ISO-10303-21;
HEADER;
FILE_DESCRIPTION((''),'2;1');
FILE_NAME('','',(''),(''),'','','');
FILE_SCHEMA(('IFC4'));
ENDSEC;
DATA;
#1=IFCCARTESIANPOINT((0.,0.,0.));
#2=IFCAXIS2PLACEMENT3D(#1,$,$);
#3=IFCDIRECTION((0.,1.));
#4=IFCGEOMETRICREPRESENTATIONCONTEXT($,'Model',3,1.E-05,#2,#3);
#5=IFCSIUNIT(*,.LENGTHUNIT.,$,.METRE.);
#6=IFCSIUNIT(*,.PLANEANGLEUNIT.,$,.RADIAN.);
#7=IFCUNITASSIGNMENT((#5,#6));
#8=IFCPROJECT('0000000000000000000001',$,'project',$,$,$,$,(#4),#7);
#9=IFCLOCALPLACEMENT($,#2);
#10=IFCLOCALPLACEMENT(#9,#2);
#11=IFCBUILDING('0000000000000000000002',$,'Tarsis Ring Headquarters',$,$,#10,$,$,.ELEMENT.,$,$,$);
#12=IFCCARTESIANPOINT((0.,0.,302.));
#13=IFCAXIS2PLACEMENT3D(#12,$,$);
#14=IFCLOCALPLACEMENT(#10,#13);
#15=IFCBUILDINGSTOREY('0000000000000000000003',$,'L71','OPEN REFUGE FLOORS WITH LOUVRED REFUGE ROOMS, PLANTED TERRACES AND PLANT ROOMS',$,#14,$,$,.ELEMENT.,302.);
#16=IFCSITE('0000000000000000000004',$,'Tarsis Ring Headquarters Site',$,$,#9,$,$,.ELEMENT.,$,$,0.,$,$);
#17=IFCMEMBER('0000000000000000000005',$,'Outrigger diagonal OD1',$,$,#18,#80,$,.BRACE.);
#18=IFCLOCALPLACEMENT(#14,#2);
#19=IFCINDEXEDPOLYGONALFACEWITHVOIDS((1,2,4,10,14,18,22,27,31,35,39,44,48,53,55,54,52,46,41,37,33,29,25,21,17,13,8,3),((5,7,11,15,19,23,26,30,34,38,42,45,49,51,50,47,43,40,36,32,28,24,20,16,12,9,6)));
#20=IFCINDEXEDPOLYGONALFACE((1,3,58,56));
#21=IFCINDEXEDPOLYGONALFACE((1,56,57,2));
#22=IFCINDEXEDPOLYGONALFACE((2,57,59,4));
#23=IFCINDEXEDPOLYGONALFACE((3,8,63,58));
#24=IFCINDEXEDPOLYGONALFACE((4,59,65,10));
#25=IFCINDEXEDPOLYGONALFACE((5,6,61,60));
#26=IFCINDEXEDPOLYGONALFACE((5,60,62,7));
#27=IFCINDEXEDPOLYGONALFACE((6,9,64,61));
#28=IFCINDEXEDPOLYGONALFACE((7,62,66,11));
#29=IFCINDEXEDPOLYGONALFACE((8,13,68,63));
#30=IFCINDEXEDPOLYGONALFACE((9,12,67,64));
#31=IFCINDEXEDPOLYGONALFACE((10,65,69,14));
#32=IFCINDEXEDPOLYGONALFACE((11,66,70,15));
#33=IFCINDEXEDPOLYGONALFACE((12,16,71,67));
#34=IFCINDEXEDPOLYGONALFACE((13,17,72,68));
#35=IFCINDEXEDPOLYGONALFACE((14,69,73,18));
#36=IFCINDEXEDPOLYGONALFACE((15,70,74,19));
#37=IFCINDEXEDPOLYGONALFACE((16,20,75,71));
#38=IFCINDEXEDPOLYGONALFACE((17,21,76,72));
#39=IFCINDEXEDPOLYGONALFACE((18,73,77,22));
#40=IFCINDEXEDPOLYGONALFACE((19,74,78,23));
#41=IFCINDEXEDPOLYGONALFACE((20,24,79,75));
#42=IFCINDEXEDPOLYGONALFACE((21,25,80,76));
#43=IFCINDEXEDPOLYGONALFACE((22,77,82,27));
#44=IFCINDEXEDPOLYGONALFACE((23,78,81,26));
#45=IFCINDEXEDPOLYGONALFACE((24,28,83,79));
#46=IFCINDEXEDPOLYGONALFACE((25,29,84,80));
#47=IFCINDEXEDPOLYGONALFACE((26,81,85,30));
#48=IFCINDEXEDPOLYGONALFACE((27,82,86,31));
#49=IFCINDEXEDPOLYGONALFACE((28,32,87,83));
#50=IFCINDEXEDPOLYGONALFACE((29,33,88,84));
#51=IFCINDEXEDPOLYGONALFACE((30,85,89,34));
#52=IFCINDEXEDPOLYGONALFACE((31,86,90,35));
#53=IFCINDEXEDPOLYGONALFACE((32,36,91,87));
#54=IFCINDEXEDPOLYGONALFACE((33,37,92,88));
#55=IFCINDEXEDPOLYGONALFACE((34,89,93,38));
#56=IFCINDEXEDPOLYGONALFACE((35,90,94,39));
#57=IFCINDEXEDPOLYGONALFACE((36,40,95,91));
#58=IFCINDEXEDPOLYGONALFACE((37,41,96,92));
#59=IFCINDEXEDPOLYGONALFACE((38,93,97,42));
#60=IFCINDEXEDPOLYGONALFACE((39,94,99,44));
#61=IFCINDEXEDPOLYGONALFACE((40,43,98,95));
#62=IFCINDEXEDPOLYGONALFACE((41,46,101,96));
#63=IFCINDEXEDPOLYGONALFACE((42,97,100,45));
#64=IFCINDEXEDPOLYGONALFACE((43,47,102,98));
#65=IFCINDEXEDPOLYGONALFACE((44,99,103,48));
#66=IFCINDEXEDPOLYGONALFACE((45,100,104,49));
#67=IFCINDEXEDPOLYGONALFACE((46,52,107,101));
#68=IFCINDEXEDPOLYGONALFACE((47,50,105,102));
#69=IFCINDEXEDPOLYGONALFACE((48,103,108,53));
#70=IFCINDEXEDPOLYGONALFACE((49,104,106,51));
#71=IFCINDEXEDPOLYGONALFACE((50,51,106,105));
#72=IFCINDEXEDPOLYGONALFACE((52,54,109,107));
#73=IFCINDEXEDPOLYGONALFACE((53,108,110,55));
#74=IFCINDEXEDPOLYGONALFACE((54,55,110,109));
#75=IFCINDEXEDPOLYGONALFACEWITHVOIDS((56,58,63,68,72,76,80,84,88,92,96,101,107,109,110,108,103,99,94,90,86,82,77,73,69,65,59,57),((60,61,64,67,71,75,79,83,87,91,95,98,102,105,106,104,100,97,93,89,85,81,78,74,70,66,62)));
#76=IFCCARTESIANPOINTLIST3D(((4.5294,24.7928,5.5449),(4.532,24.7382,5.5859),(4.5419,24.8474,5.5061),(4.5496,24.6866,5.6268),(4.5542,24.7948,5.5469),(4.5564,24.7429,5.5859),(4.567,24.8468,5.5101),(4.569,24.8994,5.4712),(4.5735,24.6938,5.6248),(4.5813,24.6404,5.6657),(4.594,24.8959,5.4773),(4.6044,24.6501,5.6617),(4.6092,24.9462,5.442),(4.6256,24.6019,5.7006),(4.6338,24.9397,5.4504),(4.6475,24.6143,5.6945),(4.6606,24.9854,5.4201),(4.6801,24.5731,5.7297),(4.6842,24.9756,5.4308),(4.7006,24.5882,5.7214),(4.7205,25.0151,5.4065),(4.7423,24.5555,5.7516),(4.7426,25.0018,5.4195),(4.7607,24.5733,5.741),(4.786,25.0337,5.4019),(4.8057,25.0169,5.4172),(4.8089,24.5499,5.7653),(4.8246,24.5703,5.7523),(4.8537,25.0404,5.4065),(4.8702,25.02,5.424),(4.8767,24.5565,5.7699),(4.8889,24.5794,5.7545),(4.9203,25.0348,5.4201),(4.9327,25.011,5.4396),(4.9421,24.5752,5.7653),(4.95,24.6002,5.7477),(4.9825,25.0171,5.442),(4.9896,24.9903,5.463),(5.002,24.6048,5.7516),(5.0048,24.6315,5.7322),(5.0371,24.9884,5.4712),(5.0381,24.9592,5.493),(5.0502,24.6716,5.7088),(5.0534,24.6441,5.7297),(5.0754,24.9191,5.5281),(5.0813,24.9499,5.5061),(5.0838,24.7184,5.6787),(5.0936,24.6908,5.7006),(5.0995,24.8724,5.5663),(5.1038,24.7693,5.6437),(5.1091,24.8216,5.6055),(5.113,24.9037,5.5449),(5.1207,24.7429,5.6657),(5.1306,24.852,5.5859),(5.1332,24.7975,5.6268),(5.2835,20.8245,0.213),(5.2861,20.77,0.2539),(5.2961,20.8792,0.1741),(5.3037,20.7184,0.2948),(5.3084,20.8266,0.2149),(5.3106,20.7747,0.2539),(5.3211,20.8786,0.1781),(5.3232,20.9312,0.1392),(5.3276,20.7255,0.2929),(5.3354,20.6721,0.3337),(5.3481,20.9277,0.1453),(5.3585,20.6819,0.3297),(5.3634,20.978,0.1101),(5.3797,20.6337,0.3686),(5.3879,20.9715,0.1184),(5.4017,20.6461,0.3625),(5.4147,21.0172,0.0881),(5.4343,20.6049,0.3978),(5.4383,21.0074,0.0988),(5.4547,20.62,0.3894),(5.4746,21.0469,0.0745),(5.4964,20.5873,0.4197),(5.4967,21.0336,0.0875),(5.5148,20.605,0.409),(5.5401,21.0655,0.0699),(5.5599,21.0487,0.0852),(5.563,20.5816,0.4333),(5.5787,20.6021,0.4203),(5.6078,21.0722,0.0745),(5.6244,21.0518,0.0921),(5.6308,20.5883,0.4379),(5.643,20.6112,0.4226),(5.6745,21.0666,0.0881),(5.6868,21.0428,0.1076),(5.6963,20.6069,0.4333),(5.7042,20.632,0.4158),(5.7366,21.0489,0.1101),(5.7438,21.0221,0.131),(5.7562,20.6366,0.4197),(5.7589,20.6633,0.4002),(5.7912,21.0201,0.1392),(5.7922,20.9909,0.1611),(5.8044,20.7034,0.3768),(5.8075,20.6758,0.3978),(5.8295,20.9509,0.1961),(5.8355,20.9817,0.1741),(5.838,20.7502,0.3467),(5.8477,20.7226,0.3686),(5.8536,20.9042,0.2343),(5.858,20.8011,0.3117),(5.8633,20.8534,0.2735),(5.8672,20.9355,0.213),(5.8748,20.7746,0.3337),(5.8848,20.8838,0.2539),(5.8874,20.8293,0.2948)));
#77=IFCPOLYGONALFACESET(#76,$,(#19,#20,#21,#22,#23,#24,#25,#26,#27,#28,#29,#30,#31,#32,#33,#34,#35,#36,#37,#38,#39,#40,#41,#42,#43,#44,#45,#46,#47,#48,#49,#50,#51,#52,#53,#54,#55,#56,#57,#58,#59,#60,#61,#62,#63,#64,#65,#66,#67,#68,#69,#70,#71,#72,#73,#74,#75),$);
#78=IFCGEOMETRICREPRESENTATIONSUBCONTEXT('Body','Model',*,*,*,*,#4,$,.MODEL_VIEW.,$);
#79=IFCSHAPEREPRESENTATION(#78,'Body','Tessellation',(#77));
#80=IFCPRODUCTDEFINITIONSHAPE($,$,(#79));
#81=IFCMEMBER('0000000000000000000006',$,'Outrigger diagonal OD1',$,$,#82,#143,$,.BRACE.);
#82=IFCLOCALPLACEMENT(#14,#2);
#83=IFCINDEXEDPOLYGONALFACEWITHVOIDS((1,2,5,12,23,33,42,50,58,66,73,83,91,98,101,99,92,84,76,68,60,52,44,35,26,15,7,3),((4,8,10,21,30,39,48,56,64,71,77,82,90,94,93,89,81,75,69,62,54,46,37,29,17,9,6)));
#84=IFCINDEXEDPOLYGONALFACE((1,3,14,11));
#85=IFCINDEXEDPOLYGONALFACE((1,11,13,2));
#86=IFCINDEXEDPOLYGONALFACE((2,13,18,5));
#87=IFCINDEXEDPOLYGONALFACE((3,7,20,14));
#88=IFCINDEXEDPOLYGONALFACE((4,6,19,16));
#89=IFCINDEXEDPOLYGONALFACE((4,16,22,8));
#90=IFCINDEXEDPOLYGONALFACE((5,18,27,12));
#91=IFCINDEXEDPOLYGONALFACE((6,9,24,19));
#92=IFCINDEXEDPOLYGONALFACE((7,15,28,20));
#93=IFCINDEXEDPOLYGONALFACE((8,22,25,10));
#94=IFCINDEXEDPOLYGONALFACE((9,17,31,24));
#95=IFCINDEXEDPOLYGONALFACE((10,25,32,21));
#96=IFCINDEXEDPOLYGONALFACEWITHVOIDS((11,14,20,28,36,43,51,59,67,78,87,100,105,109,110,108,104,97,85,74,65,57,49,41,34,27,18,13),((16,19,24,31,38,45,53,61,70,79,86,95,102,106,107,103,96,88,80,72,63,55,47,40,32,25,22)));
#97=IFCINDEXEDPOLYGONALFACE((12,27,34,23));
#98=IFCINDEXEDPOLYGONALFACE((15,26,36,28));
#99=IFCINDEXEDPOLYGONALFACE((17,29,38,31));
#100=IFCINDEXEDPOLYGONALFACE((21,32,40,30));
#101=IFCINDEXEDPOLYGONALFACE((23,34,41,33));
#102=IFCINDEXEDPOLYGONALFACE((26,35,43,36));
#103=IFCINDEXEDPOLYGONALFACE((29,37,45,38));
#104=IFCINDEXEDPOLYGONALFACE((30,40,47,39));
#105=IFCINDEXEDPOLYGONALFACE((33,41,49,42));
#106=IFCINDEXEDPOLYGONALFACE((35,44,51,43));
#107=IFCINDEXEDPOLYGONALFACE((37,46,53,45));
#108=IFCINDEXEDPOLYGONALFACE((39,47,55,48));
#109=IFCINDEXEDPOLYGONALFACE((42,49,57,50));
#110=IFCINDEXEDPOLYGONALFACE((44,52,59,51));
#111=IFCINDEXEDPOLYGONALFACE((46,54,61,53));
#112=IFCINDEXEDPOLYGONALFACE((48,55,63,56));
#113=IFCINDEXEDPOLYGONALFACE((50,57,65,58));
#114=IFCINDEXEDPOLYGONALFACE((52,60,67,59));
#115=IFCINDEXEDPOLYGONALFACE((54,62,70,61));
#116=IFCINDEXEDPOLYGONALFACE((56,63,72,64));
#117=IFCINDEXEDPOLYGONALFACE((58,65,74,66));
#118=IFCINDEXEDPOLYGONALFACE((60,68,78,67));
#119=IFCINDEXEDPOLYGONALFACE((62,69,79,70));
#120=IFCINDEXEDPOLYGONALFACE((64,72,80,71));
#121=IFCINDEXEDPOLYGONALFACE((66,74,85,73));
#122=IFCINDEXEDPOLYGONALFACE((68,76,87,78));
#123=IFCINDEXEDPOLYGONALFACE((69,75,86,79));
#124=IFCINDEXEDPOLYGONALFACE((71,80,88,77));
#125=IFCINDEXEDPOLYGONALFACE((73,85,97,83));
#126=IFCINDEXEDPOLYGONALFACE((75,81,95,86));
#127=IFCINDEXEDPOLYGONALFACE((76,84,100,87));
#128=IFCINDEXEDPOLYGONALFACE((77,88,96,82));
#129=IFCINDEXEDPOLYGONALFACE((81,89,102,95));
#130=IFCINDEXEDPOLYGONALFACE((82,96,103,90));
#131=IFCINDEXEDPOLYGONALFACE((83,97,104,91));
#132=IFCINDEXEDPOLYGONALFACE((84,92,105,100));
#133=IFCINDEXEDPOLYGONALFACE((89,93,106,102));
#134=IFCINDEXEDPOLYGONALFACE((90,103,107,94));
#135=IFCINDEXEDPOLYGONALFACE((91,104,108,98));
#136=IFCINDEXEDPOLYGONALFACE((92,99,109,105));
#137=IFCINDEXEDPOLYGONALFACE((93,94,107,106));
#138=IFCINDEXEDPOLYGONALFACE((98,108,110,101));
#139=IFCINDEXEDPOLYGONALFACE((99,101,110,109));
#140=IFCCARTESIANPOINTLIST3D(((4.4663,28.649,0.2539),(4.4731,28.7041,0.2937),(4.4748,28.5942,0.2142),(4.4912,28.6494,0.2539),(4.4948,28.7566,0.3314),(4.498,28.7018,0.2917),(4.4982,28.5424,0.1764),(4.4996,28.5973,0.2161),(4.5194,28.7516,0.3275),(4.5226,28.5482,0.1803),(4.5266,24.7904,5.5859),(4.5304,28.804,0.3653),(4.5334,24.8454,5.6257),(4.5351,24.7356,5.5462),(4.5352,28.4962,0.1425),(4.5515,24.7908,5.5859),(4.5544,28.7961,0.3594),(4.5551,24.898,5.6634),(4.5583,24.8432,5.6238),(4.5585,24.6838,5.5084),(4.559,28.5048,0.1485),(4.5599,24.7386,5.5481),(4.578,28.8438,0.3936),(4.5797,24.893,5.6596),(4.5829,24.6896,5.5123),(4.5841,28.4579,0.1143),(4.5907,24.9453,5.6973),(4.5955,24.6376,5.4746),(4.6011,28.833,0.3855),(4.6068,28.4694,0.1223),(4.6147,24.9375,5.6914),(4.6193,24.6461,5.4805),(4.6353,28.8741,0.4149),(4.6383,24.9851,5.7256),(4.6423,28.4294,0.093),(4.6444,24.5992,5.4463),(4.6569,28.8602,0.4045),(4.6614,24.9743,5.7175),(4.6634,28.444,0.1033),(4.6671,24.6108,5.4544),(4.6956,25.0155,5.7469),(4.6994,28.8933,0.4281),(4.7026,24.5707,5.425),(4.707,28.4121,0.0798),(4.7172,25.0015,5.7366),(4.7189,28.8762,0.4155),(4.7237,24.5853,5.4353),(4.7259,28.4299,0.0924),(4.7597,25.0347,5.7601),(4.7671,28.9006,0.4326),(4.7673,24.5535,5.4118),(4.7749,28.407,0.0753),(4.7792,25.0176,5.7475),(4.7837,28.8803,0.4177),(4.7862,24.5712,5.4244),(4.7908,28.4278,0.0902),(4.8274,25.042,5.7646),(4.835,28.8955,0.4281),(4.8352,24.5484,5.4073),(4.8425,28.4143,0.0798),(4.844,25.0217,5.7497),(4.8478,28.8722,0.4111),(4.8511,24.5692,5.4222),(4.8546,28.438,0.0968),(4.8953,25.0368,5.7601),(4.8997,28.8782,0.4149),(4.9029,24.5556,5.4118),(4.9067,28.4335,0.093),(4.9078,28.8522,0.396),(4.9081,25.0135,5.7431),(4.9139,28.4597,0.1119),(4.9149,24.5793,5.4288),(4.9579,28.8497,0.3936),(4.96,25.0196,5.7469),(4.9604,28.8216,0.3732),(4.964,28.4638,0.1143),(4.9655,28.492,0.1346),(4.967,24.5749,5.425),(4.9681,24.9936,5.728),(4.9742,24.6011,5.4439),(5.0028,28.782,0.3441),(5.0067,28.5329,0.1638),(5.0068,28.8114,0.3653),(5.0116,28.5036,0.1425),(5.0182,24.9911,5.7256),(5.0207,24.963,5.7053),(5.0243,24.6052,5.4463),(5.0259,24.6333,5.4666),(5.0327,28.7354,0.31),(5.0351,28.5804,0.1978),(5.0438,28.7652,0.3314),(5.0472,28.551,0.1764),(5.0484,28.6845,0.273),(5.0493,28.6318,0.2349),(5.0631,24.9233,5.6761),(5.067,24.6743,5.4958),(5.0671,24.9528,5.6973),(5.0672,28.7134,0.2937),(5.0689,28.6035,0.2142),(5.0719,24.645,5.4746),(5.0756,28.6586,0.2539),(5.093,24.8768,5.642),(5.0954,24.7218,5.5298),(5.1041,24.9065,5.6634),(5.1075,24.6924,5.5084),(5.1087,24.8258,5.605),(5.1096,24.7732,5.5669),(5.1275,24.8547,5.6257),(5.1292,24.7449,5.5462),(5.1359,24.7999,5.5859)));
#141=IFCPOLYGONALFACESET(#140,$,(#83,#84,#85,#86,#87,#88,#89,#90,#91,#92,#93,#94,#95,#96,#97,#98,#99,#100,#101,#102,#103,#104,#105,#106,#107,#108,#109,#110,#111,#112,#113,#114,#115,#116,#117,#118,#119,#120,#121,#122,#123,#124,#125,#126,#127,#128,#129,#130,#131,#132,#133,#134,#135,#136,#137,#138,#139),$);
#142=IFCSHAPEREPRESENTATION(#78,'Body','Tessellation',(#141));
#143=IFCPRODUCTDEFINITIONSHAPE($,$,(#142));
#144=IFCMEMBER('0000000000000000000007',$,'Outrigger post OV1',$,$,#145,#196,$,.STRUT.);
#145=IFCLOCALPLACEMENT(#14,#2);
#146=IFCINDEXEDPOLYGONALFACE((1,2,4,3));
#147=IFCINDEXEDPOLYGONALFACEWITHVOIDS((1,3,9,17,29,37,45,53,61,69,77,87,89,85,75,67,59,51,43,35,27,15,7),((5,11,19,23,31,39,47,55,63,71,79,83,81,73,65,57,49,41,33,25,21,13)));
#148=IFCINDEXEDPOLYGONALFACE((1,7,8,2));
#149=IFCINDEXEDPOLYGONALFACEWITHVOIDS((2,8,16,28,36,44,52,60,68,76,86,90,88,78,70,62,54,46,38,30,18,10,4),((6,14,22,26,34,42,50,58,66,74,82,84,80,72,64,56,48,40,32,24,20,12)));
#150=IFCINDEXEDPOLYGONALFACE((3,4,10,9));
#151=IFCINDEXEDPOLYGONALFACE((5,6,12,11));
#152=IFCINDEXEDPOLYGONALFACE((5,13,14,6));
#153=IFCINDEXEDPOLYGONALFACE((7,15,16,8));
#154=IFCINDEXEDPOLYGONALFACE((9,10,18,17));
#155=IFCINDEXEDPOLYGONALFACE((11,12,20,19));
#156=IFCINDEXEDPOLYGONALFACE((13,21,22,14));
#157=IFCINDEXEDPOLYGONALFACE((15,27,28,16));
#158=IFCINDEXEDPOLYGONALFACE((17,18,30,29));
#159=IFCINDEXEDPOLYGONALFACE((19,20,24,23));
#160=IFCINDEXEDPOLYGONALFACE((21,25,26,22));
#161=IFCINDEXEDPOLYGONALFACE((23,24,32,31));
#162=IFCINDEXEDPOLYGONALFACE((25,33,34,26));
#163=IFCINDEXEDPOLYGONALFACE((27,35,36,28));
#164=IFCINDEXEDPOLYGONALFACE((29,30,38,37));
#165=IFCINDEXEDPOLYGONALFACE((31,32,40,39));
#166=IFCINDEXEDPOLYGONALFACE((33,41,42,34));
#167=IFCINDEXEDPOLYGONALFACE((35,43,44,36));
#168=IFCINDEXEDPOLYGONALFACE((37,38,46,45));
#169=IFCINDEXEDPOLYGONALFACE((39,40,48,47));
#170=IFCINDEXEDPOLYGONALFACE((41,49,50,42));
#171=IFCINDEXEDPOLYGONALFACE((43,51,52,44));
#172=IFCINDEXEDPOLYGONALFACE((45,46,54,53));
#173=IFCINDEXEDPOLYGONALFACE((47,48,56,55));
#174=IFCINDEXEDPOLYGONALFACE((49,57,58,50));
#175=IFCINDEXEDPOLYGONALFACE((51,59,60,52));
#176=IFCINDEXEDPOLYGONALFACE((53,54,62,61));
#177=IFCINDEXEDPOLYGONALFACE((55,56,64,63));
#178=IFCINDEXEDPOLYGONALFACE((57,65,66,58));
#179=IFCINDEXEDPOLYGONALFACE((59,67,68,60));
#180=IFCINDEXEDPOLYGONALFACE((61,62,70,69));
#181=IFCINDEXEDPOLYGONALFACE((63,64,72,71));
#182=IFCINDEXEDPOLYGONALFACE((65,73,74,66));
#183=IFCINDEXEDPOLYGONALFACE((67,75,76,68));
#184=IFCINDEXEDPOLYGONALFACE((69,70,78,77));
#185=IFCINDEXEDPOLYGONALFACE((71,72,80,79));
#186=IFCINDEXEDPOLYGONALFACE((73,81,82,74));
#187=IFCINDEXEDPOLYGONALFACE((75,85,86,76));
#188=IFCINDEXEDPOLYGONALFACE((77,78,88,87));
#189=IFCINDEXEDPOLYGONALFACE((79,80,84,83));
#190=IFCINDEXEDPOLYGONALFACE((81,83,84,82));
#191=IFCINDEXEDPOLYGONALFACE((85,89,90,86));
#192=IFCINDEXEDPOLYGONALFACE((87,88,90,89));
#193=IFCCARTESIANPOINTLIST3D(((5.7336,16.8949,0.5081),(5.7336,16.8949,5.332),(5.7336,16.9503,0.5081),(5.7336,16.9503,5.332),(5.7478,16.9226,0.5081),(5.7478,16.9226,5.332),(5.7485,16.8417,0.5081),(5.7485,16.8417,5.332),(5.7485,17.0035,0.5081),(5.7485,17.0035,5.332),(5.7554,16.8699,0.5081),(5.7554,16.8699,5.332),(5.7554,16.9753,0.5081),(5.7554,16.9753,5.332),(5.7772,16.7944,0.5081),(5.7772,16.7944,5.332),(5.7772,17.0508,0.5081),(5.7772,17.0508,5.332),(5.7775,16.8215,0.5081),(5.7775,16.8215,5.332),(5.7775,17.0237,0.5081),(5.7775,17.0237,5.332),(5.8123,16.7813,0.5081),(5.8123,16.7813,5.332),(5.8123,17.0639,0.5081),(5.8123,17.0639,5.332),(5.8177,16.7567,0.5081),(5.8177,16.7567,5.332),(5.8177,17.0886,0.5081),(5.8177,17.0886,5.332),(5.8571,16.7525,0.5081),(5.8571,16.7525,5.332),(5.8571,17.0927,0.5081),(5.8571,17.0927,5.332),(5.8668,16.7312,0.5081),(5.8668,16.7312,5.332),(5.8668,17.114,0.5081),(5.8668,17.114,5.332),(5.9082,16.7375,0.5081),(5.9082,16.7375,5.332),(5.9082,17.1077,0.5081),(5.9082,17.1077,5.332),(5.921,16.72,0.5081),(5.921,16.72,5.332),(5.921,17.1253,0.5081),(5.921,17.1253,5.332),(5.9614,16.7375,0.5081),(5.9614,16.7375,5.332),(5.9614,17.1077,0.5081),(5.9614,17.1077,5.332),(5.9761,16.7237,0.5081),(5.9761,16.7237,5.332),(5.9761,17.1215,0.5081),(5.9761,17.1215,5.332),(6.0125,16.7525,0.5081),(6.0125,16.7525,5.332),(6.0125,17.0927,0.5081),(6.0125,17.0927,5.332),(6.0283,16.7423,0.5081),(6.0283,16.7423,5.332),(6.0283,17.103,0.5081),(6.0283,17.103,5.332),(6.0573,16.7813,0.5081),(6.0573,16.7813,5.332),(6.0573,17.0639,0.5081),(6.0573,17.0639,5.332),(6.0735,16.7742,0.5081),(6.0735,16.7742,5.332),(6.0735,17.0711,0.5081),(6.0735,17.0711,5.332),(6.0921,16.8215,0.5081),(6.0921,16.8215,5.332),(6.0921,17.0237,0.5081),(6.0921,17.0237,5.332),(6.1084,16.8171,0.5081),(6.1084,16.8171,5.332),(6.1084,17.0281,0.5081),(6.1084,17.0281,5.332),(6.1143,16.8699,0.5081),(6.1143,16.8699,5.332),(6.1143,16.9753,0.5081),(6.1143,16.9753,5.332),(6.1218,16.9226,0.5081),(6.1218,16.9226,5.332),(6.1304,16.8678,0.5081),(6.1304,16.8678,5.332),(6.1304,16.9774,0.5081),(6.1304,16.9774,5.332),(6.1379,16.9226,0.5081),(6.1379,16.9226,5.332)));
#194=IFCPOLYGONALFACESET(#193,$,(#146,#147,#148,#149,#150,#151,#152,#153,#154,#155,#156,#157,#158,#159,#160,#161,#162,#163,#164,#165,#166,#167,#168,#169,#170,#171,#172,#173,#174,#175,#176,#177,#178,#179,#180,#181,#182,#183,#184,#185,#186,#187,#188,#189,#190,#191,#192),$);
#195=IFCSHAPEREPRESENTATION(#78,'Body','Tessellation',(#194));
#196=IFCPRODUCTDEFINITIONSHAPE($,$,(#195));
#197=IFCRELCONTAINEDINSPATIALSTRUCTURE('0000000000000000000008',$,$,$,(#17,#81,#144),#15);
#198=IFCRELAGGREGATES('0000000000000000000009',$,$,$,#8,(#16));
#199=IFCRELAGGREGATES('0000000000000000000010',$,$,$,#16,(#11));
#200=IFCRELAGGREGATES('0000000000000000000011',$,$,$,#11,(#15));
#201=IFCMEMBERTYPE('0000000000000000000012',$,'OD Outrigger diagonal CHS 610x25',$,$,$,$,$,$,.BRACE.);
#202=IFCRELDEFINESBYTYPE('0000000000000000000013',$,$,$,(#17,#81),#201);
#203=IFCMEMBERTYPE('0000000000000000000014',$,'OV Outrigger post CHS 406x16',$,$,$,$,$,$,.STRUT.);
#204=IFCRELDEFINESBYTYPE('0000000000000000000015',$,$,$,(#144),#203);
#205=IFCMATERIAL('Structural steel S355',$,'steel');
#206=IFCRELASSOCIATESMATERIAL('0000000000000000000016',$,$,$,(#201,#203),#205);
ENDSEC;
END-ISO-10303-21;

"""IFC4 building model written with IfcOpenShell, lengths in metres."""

from ifc_helpers import new_model, si_unit, direction, frame, origin, origin_2d, place, context, subcontext, project, spatial, hollow_circle, extrude, material, material_profile, profile_set, type_object, element, save


model = new_model("IFC4")

# Units and contexts
model_context = context("Model", 3, precision=1e-05, world=origin(), true_north=direction((0.0, 1.0)))
body_context = subcontext(model_context, "Body", "Model", "MODEL_VIEW")
ifc_project = project(units=[si_unit("LENGTHUNIT", "METRE"), si_unit("PLANEANGLEUNIT", "RADIAN")], contexts=[model_context])

# Site, building, storey
site_placement = place(None, origin())
site = spatial("IfcSite", under=ifc_project, at=site_placement, Name="Tarsis Ring Headquarters Site", CompositionType="ELEMENT", RefElevation=0.0)
building_placement = place(site_placement, origin())
building = spatial("IfcBuilding", under=site, at=building_placement, Name="Tarsis Ring Headquarters", CompositionType="ELEMENT")
storey_placement = place(building_placement, frame((0.0, 0.0, 302.0)))
storey = spatial("IfcBuildingStorey", under=building, at=storey_placement, Name="L71", Description="OPEN REFUGE FLOORS WITH LOUVRED REFUGE ROOMS, PLANTED TERRACES AND PLANT ROOMS", CompositionType="ELEMENT", Elevation=302.0)

# Shared definitions
ifc_material_1 = material(Name="Structural steel S355", Category="steel")

# Members
ifc_material_profile_1 = material_profile(ifc_material_1, hollow_circle(Radius=0.3047, WallThickness=0.0249, at=origin_2d()), Name="CHS 610x25")
ifc_profile_set_1 = profile_set([ifc_material_profile_1], Name="Structural steel S355")
member_type_1 = type_object("IfcMemberType", Name="OD Outrigger diagonal CHS 610x25", PredefinedType="BRACE", material=ifc_profile_set_1)
member_1_placement = place(storey_placement, frame((5.5854, 20.8269, 0.2539), z_axis=(-0.11274, 0.593227, 0.797102), x_axis=(-0.982416, -0.186704, 0.0)))
element("IfcMember", 1, at=member_1_placement, inside=storey, type_object=member_type_1, Name="Outrigger diagonal OD1", PredefinedType="BRACE", context=body_context, shape_type="SweptSolid", body=[
    extrude(hollow_circle(Radius=0.3047, WallThickness=0.0249, at=origin_2d()), origin(), (0.0, 0.0, 1.0), 6.6892),
])
member_2_placement = place(storey_placement, frame((4.8313, 24.7952, 5.5859), z_axis=(-0.009162, 0.586238, -0.810087), x_axis=(-0.999878, -0.015626, 0.0)))
element("IfcMember", 2, at=member_2_placement, inside=storey, type_object=member_type_1, Name="Outrigger diagonal OD1", PredefinedType="BRACE", context=body_context, shape_type="SweptSolid", body=[
    extrude(hollow_circle(Radius=0.3047, WallThickness=0.0249, at=origin_2d()), origin(), (0.0, 0.0, 1.0), 6.582),
])
ifc_material_profile_2 = material_profile(ifc_material_1, hollow_circle(Radius=0.2031, WallThickness=0.0161, at=origin_2d()), Name="CHS 406x16")
ifc_profile_set_2 = profile_set([ifc_material_profile_2], Name="Structural steel S355")
member_type_2 = type_object("IfcMemberType", Name="OV Outrigger post CHS 406x16", PredefinedType="STRUT", material=ifc_profile_set_2)
for number, where, z_axis, x_axis, name in (
    (3, (5.9348, 16.9226, 0.5081), (0.0, 0.0, 1.0), (1.0, 0.0, 0.0), "Outrigger post OV1"),
):
    element("IfcMember", number, at=place(storey_placement, frame(where, z_axis=z_axis, x_axis=x_axis)), inside=storey, type_object=member_type_2, Name=name, PredefinedType="STRUT", context=body_context, shape_type="SweptSolid", body=[
        extrude(hollow_circle(Radius=0.2031, WallThickness=0.0161, at=origin_2d()), origin(), (0.0, 0.0, 1.0), 4.824),
    ])

save(model, "model.ifc")
